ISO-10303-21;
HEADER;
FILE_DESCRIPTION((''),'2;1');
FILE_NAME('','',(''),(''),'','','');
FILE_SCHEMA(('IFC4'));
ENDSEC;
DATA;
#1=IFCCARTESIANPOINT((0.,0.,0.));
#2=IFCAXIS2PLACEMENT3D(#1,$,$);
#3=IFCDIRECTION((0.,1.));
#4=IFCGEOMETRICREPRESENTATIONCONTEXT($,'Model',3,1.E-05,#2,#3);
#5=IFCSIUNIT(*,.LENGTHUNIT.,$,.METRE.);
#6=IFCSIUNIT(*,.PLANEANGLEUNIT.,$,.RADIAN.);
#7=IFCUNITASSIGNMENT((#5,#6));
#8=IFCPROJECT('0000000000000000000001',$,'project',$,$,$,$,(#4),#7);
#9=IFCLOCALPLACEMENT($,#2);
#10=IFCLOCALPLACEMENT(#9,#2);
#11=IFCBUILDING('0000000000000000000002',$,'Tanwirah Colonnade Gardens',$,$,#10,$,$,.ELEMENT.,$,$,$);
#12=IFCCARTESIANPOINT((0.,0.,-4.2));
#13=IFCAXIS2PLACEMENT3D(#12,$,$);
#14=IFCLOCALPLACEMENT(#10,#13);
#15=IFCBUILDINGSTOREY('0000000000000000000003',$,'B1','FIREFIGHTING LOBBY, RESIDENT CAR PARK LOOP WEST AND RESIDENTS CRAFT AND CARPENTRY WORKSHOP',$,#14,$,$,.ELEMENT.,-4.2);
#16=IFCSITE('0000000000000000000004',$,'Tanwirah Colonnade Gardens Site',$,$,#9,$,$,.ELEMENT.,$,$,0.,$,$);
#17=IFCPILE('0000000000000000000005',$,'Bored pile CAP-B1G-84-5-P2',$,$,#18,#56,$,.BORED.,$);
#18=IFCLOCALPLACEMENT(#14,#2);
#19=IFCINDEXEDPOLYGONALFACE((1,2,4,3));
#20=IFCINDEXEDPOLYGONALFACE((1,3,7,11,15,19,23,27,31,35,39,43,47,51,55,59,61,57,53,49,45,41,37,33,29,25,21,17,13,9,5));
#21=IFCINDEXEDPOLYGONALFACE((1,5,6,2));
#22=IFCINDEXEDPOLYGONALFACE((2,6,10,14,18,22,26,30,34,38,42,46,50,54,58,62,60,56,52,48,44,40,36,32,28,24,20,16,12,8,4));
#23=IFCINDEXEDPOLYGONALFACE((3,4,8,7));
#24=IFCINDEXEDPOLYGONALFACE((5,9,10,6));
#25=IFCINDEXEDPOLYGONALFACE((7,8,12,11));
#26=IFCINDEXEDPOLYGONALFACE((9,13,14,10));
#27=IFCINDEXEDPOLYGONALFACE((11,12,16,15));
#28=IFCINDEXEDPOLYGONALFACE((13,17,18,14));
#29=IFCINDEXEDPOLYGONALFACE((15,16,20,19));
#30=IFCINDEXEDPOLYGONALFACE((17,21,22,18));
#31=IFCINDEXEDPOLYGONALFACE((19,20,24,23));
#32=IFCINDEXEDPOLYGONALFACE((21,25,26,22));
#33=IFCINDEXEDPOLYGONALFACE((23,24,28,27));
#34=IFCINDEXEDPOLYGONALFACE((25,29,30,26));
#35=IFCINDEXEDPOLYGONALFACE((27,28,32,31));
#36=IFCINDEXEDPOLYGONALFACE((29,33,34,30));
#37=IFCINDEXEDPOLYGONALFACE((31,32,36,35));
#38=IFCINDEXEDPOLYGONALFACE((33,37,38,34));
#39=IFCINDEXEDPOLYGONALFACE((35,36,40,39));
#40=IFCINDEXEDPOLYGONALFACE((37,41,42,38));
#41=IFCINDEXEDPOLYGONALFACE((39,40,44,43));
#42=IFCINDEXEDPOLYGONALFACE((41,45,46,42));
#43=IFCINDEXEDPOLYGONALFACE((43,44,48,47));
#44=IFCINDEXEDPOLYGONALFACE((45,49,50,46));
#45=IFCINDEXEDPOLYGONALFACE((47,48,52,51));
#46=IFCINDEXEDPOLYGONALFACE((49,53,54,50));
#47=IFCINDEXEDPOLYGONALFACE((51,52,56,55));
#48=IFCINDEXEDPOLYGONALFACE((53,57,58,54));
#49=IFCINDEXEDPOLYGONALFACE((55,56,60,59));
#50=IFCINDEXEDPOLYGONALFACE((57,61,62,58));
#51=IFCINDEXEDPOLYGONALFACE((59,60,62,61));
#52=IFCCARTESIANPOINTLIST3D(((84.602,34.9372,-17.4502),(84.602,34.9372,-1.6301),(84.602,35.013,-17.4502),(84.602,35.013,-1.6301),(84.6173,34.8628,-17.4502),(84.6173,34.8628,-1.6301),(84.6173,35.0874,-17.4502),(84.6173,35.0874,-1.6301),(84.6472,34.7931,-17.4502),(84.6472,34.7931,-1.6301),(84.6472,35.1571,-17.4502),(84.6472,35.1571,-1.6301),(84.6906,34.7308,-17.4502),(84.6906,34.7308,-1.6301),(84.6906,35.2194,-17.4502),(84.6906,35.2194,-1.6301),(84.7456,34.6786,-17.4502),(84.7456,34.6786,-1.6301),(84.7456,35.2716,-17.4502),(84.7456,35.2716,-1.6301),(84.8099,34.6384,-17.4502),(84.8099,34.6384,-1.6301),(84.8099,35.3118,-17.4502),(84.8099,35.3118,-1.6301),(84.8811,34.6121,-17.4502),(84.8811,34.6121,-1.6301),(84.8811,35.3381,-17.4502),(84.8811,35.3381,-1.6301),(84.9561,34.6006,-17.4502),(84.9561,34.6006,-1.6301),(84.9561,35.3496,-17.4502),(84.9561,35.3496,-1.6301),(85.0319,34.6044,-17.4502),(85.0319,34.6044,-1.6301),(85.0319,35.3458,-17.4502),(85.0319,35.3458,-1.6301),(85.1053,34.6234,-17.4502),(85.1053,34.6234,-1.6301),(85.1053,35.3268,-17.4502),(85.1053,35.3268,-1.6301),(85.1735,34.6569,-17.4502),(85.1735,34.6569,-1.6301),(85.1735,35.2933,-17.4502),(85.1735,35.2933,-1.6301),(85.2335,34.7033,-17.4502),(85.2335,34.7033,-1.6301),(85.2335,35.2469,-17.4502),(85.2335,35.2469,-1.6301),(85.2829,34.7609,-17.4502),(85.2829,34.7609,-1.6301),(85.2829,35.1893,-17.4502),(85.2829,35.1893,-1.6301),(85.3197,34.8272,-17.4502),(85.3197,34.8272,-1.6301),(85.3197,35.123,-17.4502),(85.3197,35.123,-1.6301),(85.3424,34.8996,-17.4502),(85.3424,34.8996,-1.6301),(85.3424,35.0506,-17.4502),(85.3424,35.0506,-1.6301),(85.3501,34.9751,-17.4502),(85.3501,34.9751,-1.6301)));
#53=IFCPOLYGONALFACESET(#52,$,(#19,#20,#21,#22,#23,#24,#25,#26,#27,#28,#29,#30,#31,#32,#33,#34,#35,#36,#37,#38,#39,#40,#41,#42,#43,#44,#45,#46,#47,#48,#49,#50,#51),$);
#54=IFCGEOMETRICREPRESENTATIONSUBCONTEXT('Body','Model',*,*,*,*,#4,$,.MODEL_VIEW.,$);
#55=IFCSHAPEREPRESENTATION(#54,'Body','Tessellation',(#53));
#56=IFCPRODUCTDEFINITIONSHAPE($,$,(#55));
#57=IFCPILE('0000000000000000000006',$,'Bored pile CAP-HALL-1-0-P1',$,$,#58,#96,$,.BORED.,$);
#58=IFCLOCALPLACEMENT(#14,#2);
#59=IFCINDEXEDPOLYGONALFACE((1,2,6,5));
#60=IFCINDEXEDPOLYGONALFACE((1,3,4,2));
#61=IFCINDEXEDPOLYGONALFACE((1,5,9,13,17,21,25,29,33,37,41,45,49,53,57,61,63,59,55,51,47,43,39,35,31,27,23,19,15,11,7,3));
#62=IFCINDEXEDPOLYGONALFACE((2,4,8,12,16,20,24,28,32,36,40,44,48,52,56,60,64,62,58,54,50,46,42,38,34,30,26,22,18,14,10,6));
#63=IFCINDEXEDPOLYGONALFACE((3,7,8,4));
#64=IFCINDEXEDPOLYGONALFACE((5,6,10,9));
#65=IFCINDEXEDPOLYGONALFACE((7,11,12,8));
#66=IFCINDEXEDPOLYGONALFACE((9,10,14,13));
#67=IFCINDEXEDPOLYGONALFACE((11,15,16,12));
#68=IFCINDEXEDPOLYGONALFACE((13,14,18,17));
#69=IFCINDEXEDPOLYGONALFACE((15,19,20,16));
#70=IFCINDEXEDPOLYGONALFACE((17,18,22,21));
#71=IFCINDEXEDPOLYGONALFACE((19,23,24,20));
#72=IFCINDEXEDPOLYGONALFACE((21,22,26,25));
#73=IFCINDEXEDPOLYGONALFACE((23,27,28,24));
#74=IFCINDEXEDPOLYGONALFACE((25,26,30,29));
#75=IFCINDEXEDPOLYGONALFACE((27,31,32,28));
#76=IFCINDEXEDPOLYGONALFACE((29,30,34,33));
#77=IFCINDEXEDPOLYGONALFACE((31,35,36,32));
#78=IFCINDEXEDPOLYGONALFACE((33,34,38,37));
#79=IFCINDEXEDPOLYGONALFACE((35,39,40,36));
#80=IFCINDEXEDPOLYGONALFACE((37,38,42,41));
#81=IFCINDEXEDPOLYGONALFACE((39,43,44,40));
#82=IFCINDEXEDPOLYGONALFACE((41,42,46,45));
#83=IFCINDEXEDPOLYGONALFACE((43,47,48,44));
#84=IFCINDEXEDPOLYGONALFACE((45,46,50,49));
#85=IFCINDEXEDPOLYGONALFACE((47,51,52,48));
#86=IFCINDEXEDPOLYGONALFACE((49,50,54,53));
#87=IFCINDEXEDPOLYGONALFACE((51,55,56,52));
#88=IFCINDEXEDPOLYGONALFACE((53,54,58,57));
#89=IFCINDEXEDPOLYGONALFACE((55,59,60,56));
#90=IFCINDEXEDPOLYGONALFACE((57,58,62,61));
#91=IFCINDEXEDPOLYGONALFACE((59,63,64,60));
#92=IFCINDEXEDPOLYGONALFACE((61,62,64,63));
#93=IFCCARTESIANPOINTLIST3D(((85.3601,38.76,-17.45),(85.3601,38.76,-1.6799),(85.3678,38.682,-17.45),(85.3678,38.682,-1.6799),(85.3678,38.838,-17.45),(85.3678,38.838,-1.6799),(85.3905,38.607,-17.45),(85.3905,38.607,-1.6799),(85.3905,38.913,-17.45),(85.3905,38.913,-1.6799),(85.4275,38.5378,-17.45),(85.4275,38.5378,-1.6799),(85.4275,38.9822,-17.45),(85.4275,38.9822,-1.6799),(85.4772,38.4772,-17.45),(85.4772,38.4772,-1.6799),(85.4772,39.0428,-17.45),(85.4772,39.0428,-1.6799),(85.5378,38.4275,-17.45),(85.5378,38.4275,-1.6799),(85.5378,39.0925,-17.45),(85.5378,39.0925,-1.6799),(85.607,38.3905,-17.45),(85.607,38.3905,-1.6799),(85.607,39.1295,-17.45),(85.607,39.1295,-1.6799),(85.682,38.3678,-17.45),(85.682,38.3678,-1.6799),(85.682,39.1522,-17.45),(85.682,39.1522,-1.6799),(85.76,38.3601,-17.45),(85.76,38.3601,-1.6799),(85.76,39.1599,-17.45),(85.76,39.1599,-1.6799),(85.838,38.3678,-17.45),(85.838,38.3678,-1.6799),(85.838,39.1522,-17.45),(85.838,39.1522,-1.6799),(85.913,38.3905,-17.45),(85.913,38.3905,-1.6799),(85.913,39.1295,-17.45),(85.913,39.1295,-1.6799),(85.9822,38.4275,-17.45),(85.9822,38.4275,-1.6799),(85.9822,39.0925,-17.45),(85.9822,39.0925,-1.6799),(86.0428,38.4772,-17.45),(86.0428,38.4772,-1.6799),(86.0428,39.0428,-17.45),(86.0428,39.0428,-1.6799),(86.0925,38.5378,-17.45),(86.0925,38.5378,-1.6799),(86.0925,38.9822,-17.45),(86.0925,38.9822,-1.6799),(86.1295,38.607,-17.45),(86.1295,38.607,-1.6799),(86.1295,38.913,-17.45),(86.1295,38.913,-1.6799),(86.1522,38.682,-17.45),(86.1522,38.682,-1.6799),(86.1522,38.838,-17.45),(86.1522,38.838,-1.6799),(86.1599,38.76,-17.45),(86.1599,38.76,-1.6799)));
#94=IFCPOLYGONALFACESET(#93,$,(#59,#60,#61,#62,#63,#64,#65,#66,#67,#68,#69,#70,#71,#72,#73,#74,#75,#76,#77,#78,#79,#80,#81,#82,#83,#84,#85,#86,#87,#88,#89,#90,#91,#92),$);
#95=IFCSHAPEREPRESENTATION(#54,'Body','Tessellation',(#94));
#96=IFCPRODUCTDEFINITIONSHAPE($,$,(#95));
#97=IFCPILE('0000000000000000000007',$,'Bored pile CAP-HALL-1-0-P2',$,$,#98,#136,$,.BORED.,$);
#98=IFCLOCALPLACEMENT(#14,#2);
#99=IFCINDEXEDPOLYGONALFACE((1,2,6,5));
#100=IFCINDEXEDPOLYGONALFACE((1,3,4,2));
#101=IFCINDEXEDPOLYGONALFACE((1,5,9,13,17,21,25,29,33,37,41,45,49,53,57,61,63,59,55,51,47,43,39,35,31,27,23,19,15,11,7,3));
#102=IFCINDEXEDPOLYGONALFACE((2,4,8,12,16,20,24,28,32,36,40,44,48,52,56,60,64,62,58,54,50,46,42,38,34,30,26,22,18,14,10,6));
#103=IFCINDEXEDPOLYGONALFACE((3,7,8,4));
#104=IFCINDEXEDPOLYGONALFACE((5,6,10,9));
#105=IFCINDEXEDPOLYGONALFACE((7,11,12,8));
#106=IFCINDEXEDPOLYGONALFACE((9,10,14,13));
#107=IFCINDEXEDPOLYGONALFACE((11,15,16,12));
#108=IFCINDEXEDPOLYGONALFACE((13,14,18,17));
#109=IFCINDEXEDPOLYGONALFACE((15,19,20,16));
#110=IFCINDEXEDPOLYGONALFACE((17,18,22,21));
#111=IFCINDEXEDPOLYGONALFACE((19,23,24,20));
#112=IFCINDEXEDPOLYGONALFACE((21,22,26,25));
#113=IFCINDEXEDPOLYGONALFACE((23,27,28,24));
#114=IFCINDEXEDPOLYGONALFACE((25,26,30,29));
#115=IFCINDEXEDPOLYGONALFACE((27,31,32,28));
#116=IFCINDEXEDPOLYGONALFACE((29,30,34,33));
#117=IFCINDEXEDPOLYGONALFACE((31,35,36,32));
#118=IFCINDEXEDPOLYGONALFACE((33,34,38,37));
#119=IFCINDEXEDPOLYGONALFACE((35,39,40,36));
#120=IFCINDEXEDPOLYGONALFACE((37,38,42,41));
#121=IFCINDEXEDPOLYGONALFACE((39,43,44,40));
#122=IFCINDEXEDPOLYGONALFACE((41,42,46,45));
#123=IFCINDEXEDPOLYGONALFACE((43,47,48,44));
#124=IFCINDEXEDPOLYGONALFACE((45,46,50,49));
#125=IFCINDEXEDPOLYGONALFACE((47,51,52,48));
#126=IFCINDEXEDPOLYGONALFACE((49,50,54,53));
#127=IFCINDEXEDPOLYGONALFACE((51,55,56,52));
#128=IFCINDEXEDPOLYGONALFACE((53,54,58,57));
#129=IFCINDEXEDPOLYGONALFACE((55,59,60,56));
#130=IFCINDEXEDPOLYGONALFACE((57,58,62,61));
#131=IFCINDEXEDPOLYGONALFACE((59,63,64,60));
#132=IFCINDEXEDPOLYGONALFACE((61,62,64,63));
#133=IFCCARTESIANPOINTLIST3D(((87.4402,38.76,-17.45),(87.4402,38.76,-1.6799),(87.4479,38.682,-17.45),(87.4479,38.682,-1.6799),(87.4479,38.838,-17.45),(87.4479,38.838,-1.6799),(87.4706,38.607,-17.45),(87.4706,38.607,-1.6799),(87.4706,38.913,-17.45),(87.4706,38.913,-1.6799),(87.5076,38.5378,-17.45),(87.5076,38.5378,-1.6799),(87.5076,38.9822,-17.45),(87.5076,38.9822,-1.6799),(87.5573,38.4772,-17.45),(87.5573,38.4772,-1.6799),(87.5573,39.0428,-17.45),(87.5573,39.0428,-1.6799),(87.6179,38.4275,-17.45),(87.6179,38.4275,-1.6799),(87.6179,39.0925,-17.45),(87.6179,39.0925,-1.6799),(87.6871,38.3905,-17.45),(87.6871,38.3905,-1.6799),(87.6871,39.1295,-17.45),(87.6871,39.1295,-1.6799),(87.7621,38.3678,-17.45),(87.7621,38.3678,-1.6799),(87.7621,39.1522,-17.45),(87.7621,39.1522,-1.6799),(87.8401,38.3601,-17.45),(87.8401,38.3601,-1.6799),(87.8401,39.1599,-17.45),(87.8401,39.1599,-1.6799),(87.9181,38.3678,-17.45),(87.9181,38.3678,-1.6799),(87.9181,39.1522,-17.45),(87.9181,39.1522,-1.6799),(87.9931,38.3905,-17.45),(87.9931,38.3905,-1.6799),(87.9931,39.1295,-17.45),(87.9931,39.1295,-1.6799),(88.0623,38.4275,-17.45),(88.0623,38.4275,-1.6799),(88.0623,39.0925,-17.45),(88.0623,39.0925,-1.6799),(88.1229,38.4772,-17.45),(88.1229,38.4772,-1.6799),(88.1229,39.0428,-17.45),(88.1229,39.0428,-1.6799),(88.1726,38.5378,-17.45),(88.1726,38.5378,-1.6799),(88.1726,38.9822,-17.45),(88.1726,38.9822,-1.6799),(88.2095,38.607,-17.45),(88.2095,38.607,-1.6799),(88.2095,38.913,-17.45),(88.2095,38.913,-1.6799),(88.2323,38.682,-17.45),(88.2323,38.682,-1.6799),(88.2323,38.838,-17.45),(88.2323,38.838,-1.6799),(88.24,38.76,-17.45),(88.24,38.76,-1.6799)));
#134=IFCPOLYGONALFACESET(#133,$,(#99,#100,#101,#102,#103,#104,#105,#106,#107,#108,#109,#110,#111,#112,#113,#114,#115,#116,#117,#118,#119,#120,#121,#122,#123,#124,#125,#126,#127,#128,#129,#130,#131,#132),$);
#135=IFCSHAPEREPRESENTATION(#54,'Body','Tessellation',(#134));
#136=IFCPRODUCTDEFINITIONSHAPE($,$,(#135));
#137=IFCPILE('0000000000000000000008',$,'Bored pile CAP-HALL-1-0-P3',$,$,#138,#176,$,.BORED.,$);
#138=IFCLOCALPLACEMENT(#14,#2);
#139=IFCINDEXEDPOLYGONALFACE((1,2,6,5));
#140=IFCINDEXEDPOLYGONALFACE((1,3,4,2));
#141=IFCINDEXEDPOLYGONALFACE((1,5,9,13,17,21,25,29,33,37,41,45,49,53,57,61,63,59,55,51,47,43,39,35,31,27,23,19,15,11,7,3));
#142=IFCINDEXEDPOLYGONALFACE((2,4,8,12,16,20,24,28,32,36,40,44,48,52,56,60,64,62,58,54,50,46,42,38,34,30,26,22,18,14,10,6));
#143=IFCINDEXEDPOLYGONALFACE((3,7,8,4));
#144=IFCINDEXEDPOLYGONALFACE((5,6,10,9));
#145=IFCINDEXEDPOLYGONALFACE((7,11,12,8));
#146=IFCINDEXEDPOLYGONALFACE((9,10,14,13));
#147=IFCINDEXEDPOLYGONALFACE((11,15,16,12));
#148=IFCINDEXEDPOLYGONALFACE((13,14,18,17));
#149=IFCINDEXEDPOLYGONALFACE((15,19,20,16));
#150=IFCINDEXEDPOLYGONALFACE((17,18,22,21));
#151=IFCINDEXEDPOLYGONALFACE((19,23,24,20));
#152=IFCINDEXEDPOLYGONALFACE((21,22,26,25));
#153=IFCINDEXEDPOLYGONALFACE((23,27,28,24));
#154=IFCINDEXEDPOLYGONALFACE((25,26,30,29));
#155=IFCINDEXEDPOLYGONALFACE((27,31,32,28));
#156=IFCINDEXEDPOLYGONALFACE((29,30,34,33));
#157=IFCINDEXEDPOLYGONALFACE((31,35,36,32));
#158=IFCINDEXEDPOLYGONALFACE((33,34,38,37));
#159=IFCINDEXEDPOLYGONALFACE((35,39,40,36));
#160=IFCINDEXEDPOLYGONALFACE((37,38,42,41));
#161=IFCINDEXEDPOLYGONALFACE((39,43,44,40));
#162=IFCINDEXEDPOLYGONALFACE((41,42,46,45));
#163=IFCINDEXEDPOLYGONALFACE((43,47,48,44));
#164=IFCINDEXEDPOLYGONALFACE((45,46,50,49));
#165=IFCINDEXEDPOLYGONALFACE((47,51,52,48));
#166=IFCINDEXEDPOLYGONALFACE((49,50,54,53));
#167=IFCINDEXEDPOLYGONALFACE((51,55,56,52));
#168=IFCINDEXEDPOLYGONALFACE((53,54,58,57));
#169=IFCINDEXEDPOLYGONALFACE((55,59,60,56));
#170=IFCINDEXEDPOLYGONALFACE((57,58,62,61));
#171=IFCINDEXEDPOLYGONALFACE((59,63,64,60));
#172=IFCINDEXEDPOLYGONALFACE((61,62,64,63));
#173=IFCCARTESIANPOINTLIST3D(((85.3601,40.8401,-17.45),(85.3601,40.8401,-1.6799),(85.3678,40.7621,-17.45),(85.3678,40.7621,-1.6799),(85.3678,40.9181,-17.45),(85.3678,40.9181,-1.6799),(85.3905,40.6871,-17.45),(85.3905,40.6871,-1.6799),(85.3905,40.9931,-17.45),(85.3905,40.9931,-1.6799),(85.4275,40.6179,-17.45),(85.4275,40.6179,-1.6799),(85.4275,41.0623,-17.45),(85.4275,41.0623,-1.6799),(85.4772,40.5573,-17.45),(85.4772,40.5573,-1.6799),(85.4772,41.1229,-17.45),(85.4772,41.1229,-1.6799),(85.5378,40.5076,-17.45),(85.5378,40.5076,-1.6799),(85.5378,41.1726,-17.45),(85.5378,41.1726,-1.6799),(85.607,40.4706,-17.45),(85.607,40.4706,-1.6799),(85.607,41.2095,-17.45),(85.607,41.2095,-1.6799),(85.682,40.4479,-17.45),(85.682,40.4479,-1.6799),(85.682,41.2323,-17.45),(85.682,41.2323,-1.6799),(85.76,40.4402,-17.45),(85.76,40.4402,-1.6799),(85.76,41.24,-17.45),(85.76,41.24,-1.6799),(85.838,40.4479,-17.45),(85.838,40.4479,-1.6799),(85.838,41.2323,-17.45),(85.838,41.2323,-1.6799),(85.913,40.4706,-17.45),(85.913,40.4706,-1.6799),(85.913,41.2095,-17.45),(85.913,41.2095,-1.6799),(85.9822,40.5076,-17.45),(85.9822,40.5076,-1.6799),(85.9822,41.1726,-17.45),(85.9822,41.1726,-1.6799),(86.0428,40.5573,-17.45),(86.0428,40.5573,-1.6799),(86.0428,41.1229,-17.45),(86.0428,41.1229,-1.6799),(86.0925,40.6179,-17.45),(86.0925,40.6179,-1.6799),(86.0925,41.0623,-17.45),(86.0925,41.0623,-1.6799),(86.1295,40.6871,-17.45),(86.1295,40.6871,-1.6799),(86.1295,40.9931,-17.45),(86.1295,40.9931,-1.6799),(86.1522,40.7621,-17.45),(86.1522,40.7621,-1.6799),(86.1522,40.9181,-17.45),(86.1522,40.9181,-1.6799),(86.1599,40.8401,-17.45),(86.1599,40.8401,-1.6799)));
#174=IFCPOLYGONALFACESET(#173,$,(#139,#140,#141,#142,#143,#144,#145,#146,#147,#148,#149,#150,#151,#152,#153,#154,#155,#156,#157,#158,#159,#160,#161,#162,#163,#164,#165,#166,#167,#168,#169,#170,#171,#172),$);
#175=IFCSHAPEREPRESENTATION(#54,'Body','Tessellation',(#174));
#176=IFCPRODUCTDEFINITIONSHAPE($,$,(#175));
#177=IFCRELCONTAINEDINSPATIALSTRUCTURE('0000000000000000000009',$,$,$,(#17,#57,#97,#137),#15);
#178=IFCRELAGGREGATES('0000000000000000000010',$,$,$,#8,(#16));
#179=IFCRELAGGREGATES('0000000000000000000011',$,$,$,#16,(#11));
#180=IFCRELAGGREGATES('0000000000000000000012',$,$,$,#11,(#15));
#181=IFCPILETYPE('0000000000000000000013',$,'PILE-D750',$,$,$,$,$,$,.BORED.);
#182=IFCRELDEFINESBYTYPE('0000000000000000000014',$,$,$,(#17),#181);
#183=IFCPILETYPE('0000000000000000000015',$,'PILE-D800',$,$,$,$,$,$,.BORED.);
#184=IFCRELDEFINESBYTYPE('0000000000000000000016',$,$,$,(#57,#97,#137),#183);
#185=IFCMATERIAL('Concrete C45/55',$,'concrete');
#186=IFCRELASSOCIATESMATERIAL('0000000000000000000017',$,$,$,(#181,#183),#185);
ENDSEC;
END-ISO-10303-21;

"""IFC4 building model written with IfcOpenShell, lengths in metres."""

from ifc_helpers import new_model, si_unit, direction, frame, origin, origin_2d, place, context, subcontext, project, spatial, circle, extrude, material, material_profile, profile_set, type_object, element, save


model = new_model("IFC4")

# Units and contexts
model_context = context("Model", 3, precision=1e-05, world=origin(), true_north=direction((0.0, 1.0)))
body_context = subcontext(model_context, "Body", "Model", "MODEL_VIEW")
ifc_project = project(units=[si_unit("LENGTHUNIT", "METRE"), si_unit("PLANEANGLEUNIT", "RADIAN")], contexts=[model_context])

# Site, building, storey
site_placement = place(None, origin())
site = spatial("IfcSite", under=ifc_project, at=site_placement, Name="Tanwirah Colonnade Gardens Site", CompositionType="ELEMENT", RefElevation=0.0)
building_placement = place(site_placement, origin())
building = spatial("IfcBuilding", under=site, at=building_placement, Name="Tanwirah Colonnade Gardens", CompositionType="ELEMENT")
storey_placement = place(building_placement, frame((0.0, 0.0, -4.2)))
storey = spatial("IfcBuildingStorey", under=building, at=storey_placement, Name="B1", Description="FIREFIGHTING LOBBY, RESIDENT CAR PARK LOOP WEST AND RESIDENTS CRAFT AND CARPENTRY WORKSHOP", CompositionType="ELEMENT", Elevation=-4.2)

# Shared definitions
ifc_material = material(Name="Concrete C45/55", Category="concrete")

# Piles
ifc_material_profile_1 = material_profile(ifc_material, circle(Radius=0.375, at=origin_2d()), Name="PILE D750")
ifc_profile_set_1 = profile_set([ifc_material_profile_1], Name="Concrete C45/55")
pile_type_1 = type_object("IfcPileType", Name="PILE-D750", PredefinedType="BORED", material=ifc_profile_set_1)
for number, where, z_axis, x_axis, name in (
    (1, (84.9751, 34.9751, -1.6301), (0.0, 0.0, -1.0), (1.0, 0.0, 0.0), "Bored pile CAP-B1G-84-5-P2"),
):
    element("IfcPile", number, at=place(storey_placement, frame(where, z_axis=z_axis, x_axis=x_axis)), inside=storey, type_object=pile_type_1, Name=name, PredefinedType="BORED", context=body_context, shape_type="SweptSolid", body=[
        extrude(circle(Radius=0.375, at=origin_2d()), origin(), (0.0, 0.0, 1.0), 15.8201),
    ])
ifc_material_profile_2 = material_profile(ifc_material, circle(Radius=0.3999, at=origin_2d()), Name="PILE D800")
ifc_profile_set_2 = profile_set([ifc_material_profile_2], Name="Concrete C45/55")
pile_type_2 = type_object("IfcPileType", Name="PILE-D800", PredefinedType="BORED", material=ifc_profile_set_2)
for number, where, z_axis, x_axis, name in (
    (2, (85.76, 38.76, -1.6799), (0.0, 0.0, -1.0), (1.0, 0.0, 0.0), "Bored pile CAP-HALL-1-0-P1"),
    (3, (87.8401, 38.76, -1.6799), (0.0, 0.0, -1.0), (1.0, 0.0, 0.0), "Bored pile CAP-HALL-1-0-P2"),
    (4, (85.76, 40.8401, -1.6799), (0.0, 0.0, -1.0), (1.0, 0.0, 0.0), "Bored pile CAP-HALL-1-0-P3"),
):
    element("IfcPile", number, at=place(storey_placement, frame(where, z_axis=z_axis, x_axis=x_axis)), inside=storey, type_object=pile_type_2, Name=name, PredefinedType="BORED", context=body_context, shape_type="SweptSolid", body=[
        extrude(circle(Radius=0.3999, at=origin_2d()), origin(), (0.0, 0.0, 1.0), 15.77),
    ])

save(model, "model.ifc")
